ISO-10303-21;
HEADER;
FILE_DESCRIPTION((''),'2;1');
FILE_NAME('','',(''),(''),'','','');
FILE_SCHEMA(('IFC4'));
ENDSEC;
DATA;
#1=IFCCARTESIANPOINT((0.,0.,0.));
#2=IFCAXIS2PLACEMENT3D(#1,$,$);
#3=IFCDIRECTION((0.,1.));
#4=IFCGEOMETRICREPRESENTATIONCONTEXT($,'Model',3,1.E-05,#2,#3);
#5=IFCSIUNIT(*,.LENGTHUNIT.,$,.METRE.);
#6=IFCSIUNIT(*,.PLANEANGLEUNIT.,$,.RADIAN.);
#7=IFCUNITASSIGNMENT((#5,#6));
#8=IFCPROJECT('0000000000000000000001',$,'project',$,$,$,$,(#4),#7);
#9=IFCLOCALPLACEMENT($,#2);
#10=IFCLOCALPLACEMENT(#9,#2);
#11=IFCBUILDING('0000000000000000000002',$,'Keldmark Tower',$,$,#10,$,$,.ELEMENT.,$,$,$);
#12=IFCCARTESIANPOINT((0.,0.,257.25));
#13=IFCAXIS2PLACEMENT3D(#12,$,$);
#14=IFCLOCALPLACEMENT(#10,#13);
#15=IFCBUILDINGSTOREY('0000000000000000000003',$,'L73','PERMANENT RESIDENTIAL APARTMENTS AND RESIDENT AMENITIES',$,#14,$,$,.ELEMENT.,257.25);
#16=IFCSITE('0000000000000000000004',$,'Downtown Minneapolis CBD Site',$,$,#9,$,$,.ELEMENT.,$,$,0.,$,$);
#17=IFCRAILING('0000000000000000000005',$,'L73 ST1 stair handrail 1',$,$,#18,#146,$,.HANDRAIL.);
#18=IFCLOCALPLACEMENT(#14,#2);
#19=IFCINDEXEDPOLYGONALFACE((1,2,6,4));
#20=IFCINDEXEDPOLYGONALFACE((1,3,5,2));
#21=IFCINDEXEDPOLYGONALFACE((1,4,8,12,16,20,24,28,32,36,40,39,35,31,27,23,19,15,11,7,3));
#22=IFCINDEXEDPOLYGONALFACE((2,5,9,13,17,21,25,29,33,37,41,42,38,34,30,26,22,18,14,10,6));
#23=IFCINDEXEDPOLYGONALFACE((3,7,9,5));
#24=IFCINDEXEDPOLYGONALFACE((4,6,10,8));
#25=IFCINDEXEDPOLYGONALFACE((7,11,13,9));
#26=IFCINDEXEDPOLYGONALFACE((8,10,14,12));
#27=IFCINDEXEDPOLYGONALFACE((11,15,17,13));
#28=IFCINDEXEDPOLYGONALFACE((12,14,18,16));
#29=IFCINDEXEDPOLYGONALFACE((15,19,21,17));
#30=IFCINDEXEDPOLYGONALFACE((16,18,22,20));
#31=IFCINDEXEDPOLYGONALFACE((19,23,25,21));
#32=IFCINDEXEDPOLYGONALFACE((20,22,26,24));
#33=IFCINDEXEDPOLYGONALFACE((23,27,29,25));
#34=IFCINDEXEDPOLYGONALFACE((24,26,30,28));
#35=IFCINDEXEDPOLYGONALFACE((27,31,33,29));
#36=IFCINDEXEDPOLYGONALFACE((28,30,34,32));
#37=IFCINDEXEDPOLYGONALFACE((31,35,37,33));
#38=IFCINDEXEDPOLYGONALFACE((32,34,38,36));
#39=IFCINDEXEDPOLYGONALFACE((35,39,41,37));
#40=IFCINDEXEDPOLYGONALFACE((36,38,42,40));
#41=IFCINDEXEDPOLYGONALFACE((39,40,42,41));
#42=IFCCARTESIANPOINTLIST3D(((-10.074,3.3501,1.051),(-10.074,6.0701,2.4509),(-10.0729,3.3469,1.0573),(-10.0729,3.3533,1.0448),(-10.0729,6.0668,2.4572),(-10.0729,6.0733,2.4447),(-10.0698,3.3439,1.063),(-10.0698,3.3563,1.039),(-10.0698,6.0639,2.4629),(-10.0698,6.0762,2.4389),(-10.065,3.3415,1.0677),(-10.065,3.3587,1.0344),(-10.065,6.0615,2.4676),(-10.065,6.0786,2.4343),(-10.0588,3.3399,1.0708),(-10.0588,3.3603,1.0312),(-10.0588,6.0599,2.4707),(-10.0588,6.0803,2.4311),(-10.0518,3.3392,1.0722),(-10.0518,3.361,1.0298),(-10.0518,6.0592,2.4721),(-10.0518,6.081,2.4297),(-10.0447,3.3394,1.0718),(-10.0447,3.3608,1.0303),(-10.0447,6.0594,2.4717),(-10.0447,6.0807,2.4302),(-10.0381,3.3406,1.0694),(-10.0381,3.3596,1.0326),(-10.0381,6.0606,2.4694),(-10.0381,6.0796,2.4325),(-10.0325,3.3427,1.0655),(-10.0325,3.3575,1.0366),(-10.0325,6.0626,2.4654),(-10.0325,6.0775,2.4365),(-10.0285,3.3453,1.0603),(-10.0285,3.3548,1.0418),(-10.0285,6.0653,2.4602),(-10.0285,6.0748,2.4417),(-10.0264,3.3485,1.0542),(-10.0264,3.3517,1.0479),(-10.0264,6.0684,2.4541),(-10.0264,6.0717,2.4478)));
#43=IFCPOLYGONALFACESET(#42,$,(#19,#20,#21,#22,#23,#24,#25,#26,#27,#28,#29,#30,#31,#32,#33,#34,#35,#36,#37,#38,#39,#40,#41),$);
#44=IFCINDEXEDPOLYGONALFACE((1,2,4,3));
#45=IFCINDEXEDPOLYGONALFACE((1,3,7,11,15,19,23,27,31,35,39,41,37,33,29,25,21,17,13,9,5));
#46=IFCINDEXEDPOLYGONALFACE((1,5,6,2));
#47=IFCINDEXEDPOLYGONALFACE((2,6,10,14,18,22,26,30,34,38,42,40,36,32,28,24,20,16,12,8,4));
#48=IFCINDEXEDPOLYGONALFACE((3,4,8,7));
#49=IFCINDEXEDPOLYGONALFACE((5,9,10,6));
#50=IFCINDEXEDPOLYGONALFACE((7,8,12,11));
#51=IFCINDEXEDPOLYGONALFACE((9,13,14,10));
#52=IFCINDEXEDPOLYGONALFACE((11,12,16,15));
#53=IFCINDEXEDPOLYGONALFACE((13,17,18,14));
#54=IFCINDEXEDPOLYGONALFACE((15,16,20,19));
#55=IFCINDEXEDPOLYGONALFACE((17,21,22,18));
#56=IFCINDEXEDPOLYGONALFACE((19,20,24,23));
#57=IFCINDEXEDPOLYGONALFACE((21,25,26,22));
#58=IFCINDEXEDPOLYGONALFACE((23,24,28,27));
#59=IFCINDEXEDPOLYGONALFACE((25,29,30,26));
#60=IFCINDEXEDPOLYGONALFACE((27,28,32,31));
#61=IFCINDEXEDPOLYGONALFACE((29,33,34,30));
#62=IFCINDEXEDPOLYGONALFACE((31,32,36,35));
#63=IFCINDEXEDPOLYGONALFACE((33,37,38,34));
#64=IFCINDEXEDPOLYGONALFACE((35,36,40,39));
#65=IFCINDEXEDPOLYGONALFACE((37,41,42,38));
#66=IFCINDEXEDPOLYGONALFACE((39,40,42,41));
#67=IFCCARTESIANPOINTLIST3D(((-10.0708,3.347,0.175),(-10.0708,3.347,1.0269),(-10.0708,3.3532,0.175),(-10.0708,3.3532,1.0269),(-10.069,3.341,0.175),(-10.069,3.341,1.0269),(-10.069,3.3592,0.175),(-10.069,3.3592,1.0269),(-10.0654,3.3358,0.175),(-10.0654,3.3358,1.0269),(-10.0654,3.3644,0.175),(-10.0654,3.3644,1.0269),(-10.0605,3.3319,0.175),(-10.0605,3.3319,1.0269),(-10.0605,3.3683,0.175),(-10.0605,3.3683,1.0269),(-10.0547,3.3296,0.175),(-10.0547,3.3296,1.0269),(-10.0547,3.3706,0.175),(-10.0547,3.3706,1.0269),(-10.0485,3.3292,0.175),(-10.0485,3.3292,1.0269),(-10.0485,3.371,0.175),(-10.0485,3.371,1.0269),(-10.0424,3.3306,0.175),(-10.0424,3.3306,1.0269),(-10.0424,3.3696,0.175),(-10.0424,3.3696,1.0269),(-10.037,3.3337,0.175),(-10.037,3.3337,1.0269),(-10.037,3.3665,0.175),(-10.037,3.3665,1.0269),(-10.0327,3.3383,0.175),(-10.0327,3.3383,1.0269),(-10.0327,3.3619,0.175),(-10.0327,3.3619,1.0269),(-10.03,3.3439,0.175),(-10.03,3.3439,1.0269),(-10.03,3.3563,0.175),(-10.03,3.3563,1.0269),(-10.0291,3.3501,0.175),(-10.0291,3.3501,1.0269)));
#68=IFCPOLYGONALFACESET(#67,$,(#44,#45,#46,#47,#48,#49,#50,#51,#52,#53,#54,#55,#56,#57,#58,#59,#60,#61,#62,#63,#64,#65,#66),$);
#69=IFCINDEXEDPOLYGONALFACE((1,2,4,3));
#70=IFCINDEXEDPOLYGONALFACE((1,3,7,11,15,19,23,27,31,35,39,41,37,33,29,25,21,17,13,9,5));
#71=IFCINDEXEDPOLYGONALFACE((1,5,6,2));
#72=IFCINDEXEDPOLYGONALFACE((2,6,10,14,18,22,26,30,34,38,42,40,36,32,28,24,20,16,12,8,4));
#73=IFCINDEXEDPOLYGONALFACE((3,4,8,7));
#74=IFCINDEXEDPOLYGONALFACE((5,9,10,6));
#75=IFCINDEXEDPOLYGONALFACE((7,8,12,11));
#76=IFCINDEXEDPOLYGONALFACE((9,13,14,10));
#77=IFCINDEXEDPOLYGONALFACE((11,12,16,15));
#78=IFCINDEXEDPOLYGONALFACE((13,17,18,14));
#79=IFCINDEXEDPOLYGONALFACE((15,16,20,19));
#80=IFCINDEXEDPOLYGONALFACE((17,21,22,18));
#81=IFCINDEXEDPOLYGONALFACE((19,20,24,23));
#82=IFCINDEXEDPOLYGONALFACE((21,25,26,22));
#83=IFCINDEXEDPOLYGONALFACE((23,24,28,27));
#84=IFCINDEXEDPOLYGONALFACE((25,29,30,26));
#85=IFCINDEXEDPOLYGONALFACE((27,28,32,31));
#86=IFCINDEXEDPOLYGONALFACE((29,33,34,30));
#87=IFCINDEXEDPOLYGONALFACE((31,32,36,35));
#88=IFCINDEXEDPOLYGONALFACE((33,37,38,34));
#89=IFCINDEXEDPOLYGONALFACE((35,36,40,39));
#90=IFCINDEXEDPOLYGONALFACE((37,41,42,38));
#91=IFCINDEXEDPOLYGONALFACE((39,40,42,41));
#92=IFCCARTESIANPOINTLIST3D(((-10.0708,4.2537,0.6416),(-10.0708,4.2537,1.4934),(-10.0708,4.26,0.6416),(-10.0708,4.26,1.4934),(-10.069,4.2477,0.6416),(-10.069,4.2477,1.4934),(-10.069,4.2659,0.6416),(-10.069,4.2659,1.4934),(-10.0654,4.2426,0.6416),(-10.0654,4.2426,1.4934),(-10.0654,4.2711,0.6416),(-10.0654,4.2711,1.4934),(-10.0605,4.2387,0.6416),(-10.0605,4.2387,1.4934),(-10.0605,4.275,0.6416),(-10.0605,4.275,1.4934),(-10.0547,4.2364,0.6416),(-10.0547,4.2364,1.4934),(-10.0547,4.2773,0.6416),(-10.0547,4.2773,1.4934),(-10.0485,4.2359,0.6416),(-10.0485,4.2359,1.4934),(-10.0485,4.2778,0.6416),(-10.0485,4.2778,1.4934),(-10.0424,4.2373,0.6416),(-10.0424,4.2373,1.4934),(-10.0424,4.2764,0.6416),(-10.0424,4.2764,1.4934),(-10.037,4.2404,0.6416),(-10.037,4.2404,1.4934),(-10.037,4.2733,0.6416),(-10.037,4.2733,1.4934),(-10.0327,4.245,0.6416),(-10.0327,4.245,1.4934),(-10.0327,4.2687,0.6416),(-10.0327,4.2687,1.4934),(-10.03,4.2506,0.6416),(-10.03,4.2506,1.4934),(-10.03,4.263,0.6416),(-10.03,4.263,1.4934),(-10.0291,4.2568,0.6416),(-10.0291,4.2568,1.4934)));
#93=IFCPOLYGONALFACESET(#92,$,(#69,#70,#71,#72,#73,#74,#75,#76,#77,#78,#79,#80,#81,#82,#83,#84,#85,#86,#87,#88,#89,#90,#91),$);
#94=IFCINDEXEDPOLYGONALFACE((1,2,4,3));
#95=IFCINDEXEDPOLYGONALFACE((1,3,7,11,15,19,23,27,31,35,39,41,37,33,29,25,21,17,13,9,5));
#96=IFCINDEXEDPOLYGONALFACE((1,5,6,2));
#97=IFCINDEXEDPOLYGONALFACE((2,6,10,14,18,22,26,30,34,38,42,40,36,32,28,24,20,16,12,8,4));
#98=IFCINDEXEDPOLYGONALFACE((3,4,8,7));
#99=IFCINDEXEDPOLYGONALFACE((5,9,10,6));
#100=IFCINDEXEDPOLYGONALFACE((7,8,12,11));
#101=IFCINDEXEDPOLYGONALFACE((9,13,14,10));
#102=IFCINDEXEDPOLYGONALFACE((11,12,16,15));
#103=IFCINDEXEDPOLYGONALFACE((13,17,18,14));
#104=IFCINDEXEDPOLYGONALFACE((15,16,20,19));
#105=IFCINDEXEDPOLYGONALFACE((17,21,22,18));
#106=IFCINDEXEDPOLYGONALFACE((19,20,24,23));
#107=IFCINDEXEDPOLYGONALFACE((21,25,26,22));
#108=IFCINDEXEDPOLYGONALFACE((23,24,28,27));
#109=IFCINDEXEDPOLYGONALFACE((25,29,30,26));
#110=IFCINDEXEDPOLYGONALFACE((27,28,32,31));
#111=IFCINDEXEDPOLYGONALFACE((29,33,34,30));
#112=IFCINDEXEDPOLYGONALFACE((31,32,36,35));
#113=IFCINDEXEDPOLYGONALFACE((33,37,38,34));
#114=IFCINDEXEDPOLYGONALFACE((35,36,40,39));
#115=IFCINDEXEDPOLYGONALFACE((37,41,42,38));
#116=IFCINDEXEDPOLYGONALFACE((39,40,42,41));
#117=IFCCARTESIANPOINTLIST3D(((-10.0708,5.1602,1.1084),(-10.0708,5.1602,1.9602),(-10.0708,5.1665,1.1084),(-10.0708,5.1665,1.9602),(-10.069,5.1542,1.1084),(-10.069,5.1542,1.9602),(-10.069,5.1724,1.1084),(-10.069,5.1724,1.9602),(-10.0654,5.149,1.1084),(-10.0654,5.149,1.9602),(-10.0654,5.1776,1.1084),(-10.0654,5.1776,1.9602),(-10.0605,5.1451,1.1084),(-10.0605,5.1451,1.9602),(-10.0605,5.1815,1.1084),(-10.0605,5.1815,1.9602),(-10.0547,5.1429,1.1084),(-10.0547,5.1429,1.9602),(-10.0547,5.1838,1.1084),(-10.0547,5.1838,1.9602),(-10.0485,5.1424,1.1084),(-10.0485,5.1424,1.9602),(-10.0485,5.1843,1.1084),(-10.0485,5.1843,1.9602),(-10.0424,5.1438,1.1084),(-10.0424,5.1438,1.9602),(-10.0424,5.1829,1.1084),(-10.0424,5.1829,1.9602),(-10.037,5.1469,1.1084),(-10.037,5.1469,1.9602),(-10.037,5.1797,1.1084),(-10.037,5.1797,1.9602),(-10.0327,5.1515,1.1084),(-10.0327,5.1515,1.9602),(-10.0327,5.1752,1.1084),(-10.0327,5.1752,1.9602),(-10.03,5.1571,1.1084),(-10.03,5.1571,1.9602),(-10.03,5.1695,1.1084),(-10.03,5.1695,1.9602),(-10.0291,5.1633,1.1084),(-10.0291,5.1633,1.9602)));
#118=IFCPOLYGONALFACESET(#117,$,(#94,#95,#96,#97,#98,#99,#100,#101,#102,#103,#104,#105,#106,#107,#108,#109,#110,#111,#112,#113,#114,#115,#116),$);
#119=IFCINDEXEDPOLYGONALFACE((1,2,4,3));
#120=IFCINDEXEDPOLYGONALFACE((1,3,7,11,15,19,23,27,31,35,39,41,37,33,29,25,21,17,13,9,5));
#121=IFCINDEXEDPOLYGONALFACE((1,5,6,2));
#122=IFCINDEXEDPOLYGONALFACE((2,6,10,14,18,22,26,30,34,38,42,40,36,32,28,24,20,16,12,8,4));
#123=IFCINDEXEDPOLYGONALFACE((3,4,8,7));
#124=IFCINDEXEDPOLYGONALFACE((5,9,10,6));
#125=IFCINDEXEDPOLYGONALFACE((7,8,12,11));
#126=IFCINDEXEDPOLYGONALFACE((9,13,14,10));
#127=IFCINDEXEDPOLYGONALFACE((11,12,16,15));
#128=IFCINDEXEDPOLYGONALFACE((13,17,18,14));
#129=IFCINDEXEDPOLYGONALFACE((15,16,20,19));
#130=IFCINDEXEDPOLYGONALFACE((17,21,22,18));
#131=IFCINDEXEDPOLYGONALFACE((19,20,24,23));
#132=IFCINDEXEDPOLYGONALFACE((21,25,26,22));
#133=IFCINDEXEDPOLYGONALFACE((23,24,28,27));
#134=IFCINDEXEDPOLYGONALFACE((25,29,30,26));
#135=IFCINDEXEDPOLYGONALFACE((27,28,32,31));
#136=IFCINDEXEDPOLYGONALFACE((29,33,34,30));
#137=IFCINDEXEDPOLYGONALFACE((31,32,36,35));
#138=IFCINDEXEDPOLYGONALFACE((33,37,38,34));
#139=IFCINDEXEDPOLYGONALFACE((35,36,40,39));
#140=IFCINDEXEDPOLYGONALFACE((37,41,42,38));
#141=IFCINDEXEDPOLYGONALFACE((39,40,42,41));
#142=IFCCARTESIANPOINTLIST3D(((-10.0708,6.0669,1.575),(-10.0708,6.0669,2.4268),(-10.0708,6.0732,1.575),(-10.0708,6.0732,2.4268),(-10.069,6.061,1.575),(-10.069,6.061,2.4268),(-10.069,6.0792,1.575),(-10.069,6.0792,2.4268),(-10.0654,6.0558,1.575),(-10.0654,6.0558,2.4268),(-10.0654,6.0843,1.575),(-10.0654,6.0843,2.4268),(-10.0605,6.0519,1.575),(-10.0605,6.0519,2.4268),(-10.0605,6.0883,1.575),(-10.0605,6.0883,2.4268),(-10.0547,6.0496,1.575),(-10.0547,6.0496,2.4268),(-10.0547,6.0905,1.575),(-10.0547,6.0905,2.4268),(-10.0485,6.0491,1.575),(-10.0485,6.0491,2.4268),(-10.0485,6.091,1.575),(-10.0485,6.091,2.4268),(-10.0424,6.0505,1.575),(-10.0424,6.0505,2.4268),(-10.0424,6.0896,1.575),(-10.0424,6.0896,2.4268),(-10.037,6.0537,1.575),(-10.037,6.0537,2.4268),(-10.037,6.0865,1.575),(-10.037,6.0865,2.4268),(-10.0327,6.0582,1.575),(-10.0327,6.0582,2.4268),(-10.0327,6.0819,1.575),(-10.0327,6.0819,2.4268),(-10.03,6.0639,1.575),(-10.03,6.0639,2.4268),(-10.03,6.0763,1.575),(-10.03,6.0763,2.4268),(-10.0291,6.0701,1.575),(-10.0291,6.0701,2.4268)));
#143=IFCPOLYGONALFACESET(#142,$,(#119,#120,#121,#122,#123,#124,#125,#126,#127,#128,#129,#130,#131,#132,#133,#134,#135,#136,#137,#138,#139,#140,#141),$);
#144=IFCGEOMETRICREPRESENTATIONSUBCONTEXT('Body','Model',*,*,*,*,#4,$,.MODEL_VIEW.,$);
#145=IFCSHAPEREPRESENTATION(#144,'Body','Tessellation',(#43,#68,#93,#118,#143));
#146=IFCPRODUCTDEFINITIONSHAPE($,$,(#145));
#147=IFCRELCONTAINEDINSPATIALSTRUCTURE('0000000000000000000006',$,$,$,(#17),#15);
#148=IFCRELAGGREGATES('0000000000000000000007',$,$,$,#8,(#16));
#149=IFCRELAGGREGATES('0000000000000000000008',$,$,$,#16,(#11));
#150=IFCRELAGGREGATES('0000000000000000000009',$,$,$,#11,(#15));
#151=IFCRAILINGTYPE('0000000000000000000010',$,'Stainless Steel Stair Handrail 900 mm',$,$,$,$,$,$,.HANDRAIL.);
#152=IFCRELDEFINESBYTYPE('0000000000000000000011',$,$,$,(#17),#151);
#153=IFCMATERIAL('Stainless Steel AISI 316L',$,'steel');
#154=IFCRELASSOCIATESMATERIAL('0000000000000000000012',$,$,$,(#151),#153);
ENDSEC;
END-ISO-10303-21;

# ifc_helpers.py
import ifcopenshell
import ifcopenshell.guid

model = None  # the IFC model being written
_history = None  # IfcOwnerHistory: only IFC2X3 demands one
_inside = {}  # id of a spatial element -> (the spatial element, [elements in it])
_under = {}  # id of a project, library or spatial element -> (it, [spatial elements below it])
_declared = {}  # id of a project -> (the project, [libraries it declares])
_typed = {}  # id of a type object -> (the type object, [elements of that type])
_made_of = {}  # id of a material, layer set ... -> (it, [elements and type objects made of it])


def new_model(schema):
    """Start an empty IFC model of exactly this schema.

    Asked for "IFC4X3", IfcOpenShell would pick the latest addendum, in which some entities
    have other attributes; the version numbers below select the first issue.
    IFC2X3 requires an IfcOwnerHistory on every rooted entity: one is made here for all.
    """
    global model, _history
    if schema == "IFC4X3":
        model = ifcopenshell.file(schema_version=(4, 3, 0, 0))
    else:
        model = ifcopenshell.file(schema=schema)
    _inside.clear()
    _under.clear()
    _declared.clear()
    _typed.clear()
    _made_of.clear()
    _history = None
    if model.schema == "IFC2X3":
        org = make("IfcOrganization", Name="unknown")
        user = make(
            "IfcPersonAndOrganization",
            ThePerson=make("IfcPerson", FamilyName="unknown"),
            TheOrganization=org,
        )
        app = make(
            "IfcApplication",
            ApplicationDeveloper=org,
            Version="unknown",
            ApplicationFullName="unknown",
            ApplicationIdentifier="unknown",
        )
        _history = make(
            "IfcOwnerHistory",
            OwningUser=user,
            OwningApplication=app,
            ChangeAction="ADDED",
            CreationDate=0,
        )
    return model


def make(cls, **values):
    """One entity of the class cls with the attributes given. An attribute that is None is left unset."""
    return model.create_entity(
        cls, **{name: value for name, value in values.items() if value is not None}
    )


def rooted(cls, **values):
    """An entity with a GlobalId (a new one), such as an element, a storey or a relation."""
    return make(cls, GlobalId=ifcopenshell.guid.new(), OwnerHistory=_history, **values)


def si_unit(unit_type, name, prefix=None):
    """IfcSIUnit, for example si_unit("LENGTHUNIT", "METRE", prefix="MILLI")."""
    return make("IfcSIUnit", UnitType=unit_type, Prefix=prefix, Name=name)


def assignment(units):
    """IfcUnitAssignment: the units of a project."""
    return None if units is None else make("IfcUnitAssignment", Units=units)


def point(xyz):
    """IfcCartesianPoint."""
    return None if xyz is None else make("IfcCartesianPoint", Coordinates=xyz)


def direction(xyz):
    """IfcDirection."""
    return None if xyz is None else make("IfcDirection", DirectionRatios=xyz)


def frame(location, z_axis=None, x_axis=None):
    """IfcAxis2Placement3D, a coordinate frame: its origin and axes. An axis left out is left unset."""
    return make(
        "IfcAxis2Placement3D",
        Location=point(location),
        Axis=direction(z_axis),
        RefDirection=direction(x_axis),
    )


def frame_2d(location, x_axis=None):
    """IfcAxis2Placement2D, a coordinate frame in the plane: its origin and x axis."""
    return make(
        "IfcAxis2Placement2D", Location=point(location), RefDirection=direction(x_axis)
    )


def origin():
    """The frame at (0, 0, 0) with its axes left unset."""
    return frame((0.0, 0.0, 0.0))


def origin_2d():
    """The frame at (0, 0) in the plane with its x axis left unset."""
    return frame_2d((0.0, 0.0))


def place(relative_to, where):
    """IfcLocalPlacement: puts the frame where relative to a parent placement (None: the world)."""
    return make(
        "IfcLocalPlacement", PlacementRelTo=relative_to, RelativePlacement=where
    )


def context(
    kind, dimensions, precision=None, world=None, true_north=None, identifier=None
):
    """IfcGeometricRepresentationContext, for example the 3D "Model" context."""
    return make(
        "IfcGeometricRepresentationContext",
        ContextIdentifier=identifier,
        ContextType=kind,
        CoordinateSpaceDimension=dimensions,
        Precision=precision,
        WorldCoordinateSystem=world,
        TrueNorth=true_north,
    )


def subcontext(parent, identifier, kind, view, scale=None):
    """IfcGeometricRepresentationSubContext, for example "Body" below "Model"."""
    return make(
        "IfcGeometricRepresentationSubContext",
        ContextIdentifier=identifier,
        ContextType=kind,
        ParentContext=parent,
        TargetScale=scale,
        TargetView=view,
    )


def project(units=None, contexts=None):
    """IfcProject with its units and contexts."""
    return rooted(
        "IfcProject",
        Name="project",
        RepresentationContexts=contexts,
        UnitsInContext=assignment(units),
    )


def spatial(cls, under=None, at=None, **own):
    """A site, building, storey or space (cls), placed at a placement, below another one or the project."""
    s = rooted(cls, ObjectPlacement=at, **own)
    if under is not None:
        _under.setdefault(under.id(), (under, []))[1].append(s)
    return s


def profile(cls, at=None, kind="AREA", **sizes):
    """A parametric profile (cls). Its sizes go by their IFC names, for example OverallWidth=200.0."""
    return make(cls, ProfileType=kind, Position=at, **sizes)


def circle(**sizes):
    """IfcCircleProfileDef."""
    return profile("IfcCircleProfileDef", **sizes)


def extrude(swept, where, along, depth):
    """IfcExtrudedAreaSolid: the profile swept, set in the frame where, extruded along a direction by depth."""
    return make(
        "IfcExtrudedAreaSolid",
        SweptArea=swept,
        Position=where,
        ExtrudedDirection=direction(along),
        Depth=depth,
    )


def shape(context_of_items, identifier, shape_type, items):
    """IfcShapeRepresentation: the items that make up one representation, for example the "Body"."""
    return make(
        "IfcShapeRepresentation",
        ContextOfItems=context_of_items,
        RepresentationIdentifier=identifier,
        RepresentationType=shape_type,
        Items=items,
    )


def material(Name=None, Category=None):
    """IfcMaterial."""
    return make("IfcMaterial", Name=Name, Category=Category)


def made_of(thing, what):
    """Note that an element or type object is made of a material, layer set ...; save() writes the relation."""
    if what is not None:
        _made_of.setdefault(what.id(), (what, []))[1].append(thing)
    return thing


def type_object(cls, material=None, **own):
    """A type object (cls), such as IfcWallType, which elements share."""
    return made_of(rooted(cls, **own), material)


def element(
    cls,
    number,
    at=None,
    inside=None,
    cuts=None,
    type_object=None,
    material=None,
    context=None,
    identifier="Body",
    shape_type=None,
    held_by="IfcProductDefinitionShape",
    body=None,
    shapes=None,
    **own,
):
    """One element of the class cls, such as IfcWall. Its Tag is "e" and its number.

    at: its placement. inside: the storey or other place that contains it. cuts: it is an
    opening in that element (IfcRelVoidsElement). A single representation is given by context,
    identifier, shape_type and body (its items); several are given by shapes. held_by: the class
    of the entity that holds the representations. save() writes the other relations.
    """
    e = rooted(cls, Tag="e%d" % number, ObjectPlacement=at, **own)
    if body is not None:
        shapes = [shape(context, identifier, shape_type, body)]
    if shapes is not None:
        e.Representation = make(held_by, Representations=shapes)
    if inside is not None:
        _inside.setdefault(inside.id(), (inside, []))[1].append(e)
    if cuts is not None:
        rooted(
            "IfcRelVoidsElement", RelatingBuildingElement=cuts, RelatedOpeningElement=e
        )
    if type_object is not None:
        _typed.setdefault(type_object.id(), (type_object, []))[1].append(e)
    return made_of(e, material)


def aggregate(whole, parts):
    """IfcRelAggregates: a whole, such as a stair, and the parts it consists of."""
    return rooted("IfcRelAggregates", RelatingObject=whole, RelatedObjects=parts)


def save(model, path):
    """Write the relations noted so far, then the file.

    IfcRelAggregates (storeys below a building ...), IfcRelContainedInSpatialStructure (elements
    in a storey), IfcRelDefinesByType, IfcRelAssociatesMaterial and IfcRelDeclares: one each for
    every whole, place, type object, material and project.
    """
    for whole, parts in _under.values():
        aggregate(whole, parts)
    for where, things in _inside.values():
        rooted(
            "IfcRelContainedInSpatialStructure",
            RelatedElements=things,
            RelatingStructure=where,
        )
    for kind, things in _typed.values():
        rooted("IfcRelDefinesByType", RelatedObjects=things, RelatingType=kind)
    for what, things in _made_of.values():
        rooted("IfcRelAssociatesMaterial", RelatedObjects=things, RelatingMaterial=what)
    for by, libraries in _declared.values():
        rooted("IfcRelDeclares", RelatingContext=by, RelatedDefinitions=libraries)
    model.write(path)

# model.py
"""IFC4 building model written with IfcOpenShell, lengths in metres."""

from ifc_helpers import new_model, si_unit, direction, frame, origin, origin_2d, place, context, subcontext, project, spatial, circle, extrude, material, type_object, element, save


model = new_model("IFC4")

# Units and contexts
model_context = context("Model", 3, precision=1e-05, world=origin(), true_north=direction((0.0, 1.0)))
body_context = subcontext(model_context, "Body", "Model", "MODEL_VIEW")
ifc_project = project(units=[si_unit("LENGTHUNIT", "METRE"), si_unit("PLANEANGLEUNIT", "RADIAN")], contexts=[model_context])

# Site, building, storey
site_placement = place(None, origin())
site = spatial("IfcSite", under=ifc_project, at=site_placement, Name="Downtown Minneapolis CBD Site", CompositionType="ELEMENT", RefElevation=0.0)
building_placement = place(site_placement, origin())
building = spatial("IfcBuilding", under=site, at=building_placement, Name="Keldmark Tower", CompositionType="ELEMENT")
storey_placement = place(building_placement, frame((0.0, 0.0, 257.25)))
storey = spatial("IfcBuildingStorey", under=building, at=storey_placement, Name="L73", Description="PERMANENT RESIDENTIAL APARTMENTS AND RESIDENT AMENITIES", CompositionType="ELEMENT", Elevation=257.25)

# Railing
ifc_material_1 = material(Name="Stainless Steel AISI 316L", Category="steel")
railing_type = type_object("IfcRailingType", Name="Stainless Steel Stair Handrail 900 mm", PredefinedType="HANDRAIL", material=ifc_material_1)
railing_placement = place(storey_placement, frame((-10.05, 3.3501, 0.175)))
element("IfcRailing", 1, at=railing_placement, inside=storey, type_object=railing_type, Name="L73 ST1 stair handrail 1", PredefinedType="HANDRAIL", context=body_context, shape_type="SweptSolid", body=[
    extrude(circle(Radius=0.0239, at=origin_2d()), frame((0.0, 0.0, 0.876), z_axis=(0.0, 0.889147, 0.457622), x_axis=(-1.0, 0.0, 0.0)), (0.0, 0.0, 1.0), 3.0591),
    extrude(circle(Radius=0.021, at=origin_2d()), origin(), (0.0, 0.0, 1.0), 0.8518),
    extrude(circle(Radius=0.021, at=origin_2d()), frame((0.0, 0.9067, 0.4666)), (0.0, 0.0, 1.0), 0.8518),
    extrude(circle(Radius=0.021, at=origin_2d()), frame((0.0, 1.8132, 0.9333)), (0.0, 0.0, 1.0), 0.8518),
    extrude(circle(Radius=0.021, at=origin_2d()), frame((0.0, 2.72, 1.3999)), (0.0, 0.0, 1.0), 0.8518),
])

save(model, "model.ifc")
